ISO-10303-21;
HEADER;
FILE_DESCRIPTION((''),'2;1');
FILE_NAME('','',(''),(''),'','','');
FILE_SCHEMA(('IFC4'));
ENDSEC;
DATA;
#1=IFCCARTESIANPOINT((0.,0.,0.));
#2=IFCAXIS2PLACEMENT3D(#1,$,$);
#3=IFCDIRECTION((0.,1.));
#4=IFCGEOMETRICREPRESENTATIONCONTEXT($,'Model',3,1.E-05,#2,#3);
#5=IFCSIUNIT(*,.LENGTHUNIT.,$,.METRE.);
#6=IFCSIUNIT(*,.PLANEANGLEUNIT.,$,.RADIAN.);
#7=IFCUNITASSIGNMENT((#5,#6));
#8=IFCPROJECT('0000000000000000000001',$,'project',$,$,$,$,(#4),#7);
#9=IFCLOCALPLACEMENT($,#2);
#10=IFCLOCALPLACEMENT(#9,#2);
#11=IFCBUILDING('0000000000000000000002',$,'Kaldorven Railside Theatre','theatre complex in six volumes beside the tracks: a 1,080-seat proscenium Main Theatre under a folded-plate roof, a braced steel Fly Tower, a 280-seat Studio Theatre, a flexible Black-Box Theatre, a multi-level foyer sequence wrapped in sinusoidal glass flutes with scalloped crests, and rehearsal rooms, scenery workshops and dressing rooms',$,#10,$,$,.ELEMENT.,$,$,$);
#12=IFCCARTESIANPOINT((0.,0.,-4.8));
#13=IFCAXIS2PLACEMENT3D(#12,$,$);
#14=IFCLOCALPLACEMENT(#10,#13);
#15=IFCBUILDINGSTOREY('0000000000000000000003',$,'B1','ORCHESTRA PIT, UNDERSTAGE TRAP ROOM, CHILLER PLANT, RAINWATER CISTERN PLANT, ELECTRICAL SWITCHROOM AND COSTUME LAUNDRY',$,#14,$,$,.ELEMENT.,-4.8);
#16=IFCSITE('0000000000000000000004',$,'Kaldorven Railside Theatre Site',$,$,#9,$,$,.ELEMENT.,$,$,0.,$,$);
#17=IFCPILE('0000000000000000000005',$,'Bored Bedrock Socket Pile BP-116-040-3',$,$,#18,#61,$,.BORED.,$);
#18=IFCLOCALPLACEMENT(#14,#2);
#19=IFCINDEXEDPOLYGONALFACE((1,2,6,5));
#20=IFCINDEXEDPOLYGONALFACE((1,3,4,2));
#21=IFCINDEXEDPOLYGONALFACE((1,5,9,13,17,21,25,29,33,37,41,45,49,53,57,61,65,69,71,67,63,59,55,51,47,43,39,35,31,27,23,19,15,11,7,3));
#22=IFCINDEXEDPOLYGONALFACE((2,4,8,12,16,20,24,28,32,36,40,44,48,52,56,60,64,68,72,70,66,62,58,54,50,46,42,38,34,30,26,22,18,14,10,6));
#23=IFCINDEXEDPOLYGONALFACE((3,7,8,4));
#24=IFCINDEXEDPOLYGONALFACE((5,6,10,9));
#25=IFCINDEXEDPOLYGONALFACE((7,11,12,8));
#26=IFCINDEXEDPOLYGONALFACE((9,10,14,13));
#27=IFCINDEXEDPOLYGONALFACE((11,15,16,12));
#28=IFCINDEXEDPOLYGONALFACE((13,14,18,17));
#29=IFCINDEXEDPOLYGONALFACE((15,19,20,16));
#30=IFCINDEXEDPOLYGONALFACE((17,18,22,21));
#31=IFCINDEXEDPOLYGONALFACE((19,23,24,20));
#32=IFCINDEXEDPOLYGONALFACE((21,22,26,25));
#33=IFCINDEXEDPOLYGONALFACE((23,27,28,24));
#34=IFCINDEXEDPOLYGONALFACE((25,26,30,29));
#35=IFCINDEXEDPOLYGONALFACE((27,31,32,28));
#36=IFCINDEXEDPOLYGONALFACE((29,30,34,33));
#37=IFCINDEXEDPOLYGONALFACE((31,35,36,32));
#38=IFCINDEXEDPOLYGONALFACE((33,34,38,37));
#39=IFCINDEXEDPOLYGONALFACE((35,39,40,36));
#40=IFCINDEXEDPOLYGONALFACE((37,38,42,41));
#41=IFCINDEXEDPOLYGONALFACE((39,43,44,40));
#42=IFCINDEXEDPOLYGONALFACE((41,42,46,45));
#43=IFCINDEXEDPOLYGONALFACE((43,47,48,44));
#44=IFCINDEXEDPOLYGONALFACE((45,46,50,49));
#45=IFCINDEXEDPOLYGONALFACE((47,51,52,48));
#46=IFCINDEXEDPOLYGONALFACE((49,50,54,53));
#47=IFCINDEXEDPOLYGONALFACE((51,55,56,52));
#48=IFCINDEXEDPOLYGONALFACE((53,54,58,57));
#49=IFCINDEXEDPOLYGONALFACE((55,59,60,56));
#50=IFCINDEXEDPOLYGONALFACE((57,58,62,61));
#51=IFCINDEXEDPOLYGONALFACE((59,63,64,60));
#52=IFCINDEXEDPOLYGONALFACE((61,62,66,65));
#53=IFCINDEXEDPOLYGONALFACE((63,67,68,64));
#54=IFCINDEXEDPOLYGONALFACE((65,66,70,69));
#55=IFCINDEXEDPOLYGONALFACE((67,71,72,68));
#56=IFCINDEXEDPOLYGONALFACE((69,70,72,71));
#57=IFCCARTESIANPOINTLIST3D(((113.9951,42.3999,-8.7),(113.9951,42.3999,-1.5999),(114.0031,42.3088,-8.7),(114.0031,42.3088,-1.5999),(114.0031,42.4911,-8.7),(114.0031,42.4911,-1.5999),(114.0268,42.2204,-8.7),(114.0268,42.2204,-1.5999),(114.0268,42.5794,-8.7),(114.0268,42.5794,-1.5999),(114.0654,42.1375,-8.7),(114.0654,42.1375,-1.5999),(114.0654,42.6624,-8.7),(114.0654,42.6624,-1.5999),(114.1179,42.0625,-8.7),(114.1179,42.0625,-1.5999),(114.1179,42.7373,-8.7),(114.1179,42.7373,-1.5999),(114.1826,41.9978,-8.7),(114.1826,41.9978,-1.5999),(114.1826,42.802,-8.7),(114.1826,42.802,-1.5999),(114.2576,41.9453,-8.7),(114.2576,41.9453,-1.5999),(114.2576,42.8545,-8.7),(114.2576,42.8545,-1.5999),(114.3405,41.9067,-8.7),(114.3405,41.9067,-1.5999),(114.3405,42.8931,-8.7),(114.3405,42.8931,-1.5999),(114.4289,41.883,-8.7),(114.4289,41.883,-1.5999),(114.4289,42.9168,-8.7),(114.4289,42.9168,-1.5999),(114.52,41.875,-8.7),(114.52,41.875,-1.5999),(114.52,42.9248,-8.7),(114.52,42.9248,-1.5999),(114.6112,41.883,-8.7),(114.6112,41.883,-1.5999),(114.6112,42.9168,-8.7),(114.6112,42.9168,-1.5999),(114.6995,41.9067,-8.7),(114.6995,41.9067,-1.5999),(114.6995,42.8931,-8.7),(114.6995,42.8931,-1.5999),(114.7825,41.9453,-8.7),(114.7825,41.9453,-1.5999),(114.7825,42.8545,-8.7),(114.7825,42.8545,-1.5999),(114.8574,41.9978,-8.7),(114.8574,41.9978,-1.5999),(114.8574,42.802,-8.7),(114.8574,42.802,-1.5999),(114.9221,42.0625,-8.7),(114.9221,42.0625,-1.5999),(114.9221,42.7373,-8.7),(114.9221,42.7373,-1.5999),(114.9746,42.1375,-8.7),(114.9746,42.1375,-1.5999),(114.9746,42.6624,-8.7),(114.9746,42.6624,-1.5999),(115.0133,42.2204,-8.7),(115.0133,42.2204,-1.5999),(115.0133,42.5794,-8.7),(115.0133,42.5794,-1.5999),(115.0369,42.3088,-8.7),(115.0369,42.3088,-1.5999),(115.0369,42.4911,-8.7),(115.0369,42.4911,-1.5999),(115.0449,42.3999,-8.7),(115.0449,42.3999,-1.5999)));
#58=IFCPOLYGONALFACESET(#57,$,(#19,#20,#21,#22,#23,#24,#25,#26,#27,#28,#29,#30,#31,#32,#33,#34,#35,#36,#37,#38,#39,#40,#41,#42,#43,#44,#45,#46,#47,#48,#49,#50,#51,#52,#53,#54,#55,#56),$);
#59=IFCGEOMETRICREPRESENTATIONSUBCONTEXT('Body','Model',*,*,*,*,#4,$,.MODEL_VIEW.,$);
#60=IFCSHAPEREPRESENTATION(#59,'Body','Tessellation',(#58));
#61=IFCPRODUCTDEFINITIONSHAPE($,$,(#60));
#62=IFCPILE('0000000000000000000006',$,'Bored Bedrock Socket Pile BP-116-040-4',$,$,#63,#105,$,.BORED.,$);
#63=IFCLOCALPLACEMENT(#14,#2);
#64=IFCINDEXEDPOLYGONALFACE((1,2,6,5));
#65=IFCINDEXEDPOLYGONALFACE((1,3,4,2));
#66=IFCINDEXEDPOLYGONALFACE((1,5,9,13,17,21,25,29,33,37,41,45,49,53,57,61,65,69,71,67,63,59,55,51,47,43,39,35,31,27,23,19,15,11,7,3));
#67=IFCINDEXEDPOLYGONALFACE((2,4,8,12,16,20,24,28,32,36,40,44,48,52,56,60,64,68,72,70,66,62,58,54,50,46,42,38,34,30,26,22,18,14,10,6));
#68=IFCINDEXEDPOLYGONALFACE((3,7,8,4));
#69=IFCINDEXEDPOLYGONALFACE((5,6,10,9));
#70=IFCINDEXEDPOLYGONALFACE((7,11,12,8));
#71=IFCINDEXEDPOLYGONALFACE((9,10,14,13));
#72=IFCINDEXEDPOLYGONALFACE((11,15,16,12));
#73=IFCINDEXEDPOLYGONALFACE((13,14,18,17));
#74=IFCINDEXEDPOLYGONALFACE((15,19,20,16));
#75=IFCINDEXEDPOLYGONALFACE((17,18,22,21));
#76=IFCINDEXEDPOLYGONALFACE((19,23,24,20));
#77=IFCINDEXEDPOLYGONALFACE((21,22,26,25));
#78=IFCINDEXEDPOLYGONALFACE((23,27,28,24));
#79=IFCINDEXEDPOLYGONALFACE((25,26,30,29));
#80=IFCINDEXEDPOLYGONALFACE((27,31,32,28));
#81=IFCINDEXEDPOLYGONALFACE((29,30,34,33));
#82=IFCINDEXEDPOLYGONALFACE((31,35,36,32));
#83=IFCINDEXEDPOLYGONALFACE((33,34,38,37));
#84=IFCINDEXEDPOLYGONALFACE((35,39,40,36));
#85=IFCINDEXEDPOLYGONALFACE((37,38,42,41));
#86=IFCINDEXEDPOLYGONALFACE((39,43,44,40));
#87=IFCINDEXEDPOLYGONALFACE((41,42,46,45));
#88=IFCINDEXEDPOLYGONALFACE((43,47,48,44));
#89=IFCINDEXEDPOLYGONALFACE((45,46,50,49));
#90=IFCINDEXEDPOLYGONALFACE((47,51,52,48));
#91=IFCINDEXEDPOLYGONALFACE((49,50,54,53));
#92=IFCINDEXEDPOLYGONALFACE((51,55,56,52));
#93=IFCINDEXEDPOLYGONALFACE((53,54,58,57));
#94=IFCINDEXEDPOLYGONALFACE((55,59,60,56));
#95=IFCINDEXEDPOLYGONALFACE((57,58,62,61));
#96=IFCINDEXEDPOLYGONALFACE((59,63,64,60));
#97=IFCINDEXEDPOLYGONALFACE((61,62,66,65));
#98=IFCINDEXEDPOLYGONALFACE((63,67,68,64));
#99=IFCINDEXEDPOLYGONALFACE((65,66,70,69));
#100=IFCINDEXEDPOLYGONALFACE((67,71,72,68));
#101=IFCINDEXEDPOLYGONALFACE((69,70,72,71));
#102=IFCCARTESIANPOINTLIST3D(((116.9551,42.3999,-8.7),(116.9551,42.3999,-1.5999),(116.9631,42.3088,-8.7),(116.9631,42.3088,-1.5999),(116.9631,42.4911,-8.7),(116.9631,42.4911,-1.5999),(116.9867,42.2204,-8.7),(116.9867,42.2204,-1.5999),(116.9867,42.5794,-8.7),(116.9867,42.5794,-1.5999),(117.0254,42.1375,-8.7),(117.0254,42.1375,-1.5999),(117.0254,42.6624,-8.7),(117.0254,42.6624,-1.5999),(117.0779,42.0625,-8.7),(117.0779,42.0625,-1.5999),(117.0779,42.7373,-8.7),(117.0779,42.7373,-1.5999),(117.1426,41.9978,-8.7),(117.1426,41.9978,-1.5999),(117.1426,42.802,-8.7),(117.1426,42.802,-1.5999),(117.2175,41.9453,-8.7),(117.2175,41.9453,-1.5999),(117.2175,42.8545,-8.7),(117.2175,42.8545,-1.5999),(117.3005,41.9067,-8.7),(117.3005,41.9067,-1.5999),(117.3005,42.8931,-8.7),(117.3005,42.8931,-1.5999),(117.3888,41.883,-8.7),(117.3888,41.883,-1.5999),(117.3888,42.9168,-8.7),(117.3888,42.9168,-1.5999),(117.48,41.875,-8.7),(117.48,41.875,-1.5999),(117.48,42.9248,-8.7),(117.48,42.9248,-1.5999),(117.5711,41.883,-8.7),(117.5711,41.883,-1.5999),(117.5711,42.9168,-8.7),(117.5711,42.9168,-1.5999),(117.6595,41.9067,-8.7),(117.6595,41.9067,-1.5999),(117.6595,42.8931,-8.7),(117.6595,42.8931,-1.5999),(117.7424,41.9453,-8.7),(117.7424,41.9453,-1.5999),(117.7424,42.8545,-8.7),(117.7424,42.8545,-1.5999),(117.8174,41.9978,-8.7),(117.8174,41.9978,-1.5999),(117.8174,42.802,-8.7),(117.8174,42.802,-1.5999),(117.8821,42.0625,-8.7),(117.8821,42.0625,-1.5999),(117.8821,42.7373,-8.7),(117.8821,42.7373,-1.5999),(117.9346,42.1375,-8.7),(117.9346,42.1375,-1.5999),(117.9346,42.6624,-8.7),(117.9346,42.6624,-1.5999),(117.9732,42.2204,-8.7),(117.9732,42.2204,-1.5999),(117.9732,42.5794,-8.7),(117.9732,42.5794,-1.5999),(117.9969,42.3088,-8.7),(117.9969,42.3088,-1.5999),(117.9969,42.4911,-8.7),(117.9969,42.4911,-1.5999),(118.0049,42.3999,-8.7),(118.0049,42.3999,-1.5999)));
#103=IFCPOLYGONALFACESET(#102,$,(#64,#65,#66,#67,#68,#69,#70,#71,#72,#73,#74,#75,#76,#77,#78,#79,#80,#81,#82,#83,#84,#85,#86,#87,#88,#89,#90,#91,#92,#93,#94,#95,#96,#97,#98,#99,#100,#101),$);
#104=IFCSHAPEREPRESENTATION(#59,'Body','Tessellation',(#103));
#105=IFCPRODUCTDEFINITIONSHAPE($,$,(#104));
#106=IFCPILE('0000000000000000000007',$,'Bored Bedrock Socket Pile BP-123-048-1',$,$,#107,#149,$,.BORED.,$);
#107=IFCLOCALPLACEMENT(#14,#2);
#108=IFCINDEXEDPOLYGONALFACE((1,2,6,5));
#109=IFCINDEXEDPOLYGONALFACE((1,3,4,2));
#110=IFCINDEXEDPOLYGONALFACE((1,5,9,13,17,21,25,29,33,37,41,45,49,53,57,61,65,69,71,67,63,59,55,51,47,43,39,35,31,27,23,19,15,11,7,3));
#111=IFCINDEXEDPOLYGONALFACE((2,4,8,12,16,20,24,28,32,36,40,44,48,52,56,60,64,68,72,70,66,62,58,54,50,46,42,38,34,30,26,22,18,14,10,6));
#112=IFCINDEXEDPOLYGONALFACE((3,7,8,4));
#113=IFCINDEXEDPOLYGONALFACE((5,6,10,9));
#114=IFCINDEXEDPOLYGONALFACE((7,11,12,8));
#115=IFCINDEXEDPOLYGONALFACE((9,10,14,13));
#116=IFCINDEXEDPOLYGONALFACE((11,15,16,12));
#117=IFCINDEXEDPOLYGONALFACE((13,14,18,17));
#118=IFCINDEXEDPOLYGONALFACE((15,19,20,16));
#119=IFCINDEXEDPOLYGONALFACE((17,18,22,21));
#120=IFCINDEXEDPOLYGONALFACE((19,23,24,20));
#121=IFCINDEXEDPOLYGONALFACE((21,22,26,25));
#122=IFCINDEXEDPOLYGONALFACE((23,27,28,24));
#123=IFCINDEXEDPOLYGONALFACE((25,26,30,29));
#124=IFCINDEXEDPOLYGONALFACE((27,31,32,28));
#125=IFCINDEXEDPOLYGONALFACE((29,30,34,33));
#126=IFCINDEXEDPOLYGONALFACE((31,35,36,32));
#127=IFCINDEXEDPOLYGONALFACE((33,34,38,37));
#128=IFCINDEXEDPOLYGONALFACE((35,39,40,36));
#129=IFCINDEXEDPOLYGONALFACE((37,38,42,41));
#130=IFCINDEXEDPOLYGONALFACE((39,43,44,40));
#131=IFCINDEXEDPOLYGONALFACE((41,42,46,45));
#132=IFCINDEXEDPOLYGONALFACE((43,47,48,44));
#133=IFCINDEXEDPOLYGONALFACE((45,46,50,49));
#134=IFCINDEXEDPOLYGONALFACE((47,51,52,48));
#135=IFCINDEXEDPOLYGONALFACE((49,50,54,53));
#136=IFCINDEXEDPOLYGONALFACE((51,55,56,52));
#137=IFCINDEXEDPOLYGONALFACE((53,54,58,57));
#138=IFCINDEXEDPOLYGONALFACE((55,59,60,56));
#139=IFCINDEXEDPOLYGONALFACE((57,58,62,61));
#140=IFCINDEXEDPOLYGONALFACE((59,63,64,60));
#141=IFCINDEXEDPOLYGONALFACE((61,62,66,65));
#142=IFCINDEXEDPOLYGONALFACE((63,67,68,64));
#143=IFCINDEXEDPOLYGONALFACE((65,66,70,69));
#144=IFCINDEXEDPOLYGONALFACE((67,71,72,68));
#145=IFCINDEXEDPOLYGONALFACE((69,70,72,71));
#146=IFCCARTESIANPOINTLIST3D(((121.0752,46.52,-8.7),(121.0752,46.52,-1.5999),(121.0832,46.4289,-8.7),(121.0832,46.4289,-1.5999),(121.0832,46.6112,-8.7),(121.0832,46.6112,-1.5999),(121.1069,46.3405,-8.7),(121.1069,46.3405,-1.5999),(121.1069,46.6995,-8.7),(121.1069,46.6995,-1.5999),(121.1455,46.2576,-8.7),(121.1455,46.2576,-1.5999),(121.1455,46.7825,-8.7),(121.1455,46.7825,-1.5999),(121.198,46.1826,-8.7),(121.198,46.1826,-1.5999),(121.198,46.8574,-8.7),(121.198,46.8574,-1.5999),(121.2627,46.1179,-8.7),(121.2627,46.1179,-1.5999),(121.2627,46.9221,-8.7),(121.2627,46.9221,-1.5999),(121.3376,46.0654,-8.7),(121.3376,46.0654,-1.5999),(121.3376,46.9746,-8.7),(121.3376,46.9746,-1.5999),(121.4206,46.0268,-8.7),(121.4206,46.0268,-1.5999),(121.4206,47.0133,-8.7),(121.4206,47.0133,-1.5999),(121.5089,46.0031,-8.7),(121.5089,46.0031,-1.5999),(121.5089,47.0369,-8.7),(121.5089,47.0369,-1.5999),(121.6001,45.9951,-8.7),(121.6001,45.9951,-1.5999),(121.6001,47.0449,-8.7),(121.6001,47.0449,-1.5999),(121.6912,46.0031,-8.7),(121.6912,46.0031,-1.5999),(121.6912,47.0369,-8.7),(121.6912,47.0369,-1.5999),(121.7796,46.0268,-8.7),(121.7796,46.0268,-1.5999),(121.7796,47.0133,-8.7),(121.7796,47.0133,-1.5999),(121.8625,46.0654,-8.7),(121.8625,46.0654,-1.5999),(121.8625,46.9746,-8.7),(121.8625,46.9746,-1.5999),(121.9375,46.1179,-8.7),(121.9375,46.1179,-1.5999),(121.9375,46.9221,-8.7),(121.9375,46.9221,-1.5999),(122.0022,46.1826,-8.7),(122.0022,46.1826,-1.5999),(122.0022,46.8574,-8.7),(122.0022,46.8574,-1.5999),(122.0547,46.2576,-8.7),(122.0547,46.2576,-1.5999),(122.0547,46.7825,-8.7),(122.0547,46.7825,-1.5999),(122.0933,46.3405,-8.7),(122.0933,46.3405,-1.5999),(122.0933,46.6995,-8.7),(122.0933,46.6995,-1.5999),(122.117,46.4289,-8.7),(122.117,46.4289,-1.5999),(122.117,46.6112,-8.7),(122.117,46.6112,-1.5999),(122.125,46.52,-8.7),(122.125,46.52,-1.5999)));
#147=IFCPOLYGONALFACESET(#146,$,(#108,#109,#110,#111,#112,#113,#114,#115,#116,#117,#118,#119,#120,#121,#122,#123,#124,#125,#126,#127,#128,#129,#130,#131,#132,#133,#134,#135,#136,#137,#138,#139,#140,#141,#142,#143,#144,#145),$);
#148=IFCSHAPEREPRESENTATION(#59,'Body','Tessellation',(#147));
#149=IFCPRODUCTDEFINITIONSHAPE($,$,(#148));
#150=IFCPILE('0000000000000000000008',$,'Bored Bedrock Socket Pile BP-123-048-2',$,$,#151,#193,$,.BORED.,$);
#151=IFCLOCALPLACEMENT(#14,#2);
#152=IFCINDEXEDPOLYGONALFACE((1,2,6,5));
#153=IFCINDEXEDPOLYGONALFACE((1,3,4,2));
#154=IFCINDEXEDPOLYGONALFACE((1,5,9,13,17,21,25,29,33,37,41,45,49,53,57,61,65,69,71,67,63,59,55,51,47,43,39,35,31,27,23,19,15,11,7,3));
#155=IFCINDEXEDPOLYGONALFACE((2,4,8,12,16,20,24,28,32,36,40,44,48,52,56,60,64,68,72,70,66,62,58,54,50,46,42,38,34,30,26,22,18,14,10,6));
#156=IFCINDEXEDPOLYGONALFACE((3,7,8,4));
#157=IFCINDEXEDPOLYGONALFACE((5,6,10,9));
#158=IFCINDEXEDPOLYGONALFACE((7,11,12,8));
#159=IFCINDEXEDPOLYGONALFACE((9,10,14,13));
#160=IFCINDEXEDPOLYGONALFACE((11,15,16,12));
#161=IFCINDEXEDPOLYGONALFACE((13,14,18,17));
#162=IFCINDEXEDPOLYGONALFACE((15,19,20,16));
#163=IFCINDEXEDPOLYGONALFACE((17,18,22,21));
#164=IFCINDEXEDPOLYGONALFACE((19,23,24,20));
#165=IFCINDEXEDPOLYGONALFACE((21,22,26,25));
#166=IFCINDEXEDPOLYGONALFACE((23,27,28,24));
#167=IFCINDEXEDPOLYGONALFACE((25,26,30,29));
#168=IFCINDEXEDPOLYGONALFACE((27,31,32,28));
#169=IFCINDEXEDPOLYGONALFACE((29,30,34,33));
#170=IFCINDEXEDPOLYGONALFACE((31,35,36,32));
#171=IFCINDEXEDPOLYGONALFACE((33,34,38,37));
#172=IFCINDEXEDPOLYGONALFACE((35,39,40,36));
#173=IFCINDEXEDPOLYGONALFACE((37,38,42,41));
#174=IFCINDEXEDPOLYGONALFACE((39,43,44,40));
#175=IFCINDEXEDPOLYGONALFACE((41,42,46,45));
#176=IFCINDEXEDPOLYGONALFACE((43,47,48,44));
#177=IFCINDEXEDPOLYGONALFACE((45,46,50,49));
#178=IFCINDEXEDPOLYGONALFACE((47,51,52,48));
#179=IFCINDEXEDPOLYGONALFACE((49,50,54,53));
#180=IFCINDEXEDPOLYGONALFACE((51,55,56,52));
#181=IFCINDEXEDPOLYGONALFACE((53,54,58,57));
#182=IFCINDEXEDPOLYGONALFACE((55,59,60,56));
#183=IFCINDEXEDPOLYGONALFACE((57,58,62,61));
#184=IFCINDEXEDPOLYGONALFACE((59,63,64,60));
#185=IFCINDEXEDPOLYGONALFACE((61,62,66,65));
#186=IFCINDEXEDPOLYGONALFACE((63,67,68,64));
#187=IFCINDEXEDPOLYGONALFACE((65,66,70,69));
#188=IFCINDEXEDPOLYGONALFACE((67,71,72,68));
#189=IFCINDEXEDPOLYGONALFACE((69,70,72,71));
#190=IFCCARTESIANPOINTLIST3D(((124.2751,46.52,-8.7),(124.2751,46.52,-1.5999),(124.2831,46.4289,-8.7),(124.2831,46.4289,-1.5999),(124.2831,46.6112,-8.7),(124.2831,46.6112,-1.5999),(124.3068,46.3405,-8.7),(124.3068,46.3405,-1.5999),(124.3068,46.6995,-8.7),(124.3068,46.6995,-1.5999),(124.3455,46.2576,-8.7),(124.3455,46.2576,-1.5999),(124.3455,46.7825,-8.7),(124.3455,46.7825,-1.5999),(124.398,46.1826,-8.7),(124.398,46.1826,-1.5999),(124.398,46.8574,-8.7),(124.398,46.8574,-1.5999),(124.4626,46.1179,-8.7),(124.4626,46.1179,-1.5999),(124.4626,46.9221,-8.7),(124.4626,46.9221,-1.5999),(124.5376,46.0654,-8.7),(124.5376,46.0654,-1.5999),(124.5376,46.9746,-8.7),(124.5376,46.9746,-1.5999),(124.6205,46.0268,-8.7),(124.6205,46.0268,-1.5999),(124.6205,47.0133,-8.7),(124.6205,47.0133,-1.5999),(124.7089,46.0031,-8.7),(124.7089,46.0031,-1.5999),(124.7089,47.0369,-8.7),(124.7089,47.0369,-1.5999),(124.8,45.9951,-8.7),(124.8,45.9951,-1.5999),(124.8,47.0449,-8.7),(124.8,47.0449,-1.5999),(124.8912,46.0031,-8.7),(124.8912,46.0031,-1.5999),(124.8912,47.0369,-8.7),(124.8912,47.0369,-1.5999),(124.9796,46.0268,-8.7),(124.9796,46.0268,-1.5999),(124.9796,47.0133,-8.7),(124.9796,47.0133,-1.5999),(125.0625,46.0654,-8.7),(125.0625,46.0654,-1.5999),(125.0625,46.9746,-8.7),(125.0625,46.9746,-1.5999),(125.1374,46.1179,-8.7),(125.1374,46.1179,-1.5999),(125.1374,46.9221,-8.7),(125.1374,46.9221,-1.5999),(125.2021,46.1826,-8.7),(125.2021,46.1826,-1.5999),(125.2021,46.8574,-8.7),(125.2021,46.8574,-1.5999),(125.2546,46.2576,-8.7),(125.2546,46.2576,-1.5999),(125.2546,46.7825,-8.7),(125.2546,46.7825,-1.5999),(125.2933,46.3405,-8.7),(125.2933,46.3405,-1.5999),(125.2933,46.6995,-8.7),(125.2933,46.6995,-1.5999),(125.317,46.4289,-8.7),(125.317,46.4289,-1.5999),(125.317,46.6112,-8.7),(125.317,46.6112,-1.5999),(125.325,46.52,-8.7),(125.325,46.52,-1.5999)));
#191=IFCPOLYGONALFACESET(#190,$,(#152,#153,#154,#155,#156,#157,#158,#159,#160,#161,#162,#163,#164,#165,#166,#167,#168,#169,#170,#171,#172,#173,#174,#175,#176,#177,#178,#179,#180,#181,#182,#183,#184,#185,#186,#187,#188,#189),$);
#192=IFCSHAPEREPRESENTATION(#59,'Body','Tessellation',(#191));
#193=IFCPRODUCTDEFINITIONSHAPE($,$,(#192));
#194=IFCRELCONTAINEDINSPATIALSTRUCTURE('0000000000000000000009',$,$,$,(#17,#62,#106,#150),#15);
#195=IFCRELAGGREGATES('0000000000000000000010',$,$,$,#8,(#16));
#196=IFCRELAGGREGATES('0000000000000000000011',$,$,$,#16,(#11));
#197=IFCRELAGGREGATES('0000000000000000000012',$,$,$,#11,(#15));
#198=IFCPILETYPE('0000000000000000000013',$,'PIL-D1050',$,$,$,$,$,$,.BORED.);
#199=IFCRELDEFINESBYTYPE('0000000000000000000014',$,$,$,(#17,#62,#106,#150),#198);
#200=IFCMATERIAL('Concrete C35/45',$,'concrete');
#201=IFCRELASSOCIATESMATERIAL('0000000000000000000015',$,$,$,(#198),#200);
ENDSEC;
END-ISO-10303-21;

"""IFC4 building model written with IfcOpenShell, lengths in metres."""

from ifc_helpers import new_model, si_unit, direction, frame, origin, origin_2d, place, context, subcontext, project, spatial, circle, extrude, material, material_profile, profile_set, type_object, element, save


model = new_model("IFC4")

# Units and contexts
model_context = context("Model", 3, precision=1e-05, world=origin(), true_north=direction((0.0, 1.0)))
body_context = subcontext(model_context, "Body", "Model", "MODEL_VIEW")
ifc_project = project(units=[si_unit("LENGTHUNIT", "METRE"), si_unit("PLANEANGLEUNIT", "RADIAN")], contexts=[model_context])

# Site, building, storey
site_placement = place(None, origin())
site = spatial("IfcSite", under=ifc_project, at=site_placement, Name="Kaldorven Railside Theatre Site", CompositionType="ELEMENT", RefElevation=0.0)
building_placement = place(site_placement, origin())
building = spatial("IfcBuilding", under=site, at=building_placement, Name="Kaldorven Railside Theatre", Description="theatre complex in six volumes beside the tracks: a 1,080-seat proscenium Main Theatre under a folded-plate roof, a braced steel Fly Tower, a 280-seat Studio Theatre, a flexible Black-Box Theatre, a multi-level foyer sequence wrapped in sinusoidal glass flutes with scalloped crests, and rehearsal rooms, scenery workshops and dressing rooms", CompositionType="ELEMENT")
storey_placement = place(building_placement, frame((0.0, 0.0, -4.8)))
storey = spatial("IfcBuildingStorey", under=building, at=storey_placement, Name="B1", Description="ORCHESTRA PIT, UNDERSTAGE TRAP ROOM, CHILLER PLANT, RAINWATER CISTERN PLANT, ELECTRICAL SWITCHROOM AND COSTUME LAUNDRY", CompositionType="ELEMENT", Elevation=-4.8)

# Piles
ifc_material_1 = material(Name="Concrete C35/45", Category="concrete")
ifc_material_profile_1 = material_profile(ifc_material_1, circle(Radius=0.5249, at=origin_2d()), Name="BP D1050")
ifc_profile_set_1 = profile_set([ifc_material_profile_1], Name="Concrete C35/45")
pile_type_1 = type_object("IfcPileType", Name="PIL-D1050", PredefinedType="BORED", material=ifc_profile_set_1)
for number, where, z_axis, x_axis, name in (
    (1, (114.52, 42.3999, -1.5999), (0.0, 0.0, -1.0), (1.0, 0.0, 0.0), "Bored Bedrock Socket Pile BP-116-040-3"),
    (2, (117.48, 42.3999, -1.5999), (0.0, 0.0, -1.0), (1.0, 0.0, 0.0), "Bored Bedrock Socket Pile BP-116-040-4"),
    (3, (121.6001, 46.52, -1.5999), (0.0, 0.0, -1.0), (1.0, 0.0, 0.0), "Bored Bedrock Socket Pile BP-123-048-1"),
    (4, (124.8, 46.52, -1.5999), (0.0, 0.0, -1.0), (1.0, 0.0, 0.0), "Bored Bedrock Socket Pile BP-123-048-2"),
):
    element("IfcPile", number, at=place(storey_placement, frame(where, z_axis=z_axis, x_axis=x_axis)), inside=storey, type_object=pile_type_1, Name=name, PredefinedType="BORED", context=body_context, shape_type="SweptSolid", body=[
        extrude(circle(Radius=0.5249, at=origin_2d()), origin(), (0.0, 0.0, 1.0), 7.1001),
    ])

save(model, "model.ifc")
